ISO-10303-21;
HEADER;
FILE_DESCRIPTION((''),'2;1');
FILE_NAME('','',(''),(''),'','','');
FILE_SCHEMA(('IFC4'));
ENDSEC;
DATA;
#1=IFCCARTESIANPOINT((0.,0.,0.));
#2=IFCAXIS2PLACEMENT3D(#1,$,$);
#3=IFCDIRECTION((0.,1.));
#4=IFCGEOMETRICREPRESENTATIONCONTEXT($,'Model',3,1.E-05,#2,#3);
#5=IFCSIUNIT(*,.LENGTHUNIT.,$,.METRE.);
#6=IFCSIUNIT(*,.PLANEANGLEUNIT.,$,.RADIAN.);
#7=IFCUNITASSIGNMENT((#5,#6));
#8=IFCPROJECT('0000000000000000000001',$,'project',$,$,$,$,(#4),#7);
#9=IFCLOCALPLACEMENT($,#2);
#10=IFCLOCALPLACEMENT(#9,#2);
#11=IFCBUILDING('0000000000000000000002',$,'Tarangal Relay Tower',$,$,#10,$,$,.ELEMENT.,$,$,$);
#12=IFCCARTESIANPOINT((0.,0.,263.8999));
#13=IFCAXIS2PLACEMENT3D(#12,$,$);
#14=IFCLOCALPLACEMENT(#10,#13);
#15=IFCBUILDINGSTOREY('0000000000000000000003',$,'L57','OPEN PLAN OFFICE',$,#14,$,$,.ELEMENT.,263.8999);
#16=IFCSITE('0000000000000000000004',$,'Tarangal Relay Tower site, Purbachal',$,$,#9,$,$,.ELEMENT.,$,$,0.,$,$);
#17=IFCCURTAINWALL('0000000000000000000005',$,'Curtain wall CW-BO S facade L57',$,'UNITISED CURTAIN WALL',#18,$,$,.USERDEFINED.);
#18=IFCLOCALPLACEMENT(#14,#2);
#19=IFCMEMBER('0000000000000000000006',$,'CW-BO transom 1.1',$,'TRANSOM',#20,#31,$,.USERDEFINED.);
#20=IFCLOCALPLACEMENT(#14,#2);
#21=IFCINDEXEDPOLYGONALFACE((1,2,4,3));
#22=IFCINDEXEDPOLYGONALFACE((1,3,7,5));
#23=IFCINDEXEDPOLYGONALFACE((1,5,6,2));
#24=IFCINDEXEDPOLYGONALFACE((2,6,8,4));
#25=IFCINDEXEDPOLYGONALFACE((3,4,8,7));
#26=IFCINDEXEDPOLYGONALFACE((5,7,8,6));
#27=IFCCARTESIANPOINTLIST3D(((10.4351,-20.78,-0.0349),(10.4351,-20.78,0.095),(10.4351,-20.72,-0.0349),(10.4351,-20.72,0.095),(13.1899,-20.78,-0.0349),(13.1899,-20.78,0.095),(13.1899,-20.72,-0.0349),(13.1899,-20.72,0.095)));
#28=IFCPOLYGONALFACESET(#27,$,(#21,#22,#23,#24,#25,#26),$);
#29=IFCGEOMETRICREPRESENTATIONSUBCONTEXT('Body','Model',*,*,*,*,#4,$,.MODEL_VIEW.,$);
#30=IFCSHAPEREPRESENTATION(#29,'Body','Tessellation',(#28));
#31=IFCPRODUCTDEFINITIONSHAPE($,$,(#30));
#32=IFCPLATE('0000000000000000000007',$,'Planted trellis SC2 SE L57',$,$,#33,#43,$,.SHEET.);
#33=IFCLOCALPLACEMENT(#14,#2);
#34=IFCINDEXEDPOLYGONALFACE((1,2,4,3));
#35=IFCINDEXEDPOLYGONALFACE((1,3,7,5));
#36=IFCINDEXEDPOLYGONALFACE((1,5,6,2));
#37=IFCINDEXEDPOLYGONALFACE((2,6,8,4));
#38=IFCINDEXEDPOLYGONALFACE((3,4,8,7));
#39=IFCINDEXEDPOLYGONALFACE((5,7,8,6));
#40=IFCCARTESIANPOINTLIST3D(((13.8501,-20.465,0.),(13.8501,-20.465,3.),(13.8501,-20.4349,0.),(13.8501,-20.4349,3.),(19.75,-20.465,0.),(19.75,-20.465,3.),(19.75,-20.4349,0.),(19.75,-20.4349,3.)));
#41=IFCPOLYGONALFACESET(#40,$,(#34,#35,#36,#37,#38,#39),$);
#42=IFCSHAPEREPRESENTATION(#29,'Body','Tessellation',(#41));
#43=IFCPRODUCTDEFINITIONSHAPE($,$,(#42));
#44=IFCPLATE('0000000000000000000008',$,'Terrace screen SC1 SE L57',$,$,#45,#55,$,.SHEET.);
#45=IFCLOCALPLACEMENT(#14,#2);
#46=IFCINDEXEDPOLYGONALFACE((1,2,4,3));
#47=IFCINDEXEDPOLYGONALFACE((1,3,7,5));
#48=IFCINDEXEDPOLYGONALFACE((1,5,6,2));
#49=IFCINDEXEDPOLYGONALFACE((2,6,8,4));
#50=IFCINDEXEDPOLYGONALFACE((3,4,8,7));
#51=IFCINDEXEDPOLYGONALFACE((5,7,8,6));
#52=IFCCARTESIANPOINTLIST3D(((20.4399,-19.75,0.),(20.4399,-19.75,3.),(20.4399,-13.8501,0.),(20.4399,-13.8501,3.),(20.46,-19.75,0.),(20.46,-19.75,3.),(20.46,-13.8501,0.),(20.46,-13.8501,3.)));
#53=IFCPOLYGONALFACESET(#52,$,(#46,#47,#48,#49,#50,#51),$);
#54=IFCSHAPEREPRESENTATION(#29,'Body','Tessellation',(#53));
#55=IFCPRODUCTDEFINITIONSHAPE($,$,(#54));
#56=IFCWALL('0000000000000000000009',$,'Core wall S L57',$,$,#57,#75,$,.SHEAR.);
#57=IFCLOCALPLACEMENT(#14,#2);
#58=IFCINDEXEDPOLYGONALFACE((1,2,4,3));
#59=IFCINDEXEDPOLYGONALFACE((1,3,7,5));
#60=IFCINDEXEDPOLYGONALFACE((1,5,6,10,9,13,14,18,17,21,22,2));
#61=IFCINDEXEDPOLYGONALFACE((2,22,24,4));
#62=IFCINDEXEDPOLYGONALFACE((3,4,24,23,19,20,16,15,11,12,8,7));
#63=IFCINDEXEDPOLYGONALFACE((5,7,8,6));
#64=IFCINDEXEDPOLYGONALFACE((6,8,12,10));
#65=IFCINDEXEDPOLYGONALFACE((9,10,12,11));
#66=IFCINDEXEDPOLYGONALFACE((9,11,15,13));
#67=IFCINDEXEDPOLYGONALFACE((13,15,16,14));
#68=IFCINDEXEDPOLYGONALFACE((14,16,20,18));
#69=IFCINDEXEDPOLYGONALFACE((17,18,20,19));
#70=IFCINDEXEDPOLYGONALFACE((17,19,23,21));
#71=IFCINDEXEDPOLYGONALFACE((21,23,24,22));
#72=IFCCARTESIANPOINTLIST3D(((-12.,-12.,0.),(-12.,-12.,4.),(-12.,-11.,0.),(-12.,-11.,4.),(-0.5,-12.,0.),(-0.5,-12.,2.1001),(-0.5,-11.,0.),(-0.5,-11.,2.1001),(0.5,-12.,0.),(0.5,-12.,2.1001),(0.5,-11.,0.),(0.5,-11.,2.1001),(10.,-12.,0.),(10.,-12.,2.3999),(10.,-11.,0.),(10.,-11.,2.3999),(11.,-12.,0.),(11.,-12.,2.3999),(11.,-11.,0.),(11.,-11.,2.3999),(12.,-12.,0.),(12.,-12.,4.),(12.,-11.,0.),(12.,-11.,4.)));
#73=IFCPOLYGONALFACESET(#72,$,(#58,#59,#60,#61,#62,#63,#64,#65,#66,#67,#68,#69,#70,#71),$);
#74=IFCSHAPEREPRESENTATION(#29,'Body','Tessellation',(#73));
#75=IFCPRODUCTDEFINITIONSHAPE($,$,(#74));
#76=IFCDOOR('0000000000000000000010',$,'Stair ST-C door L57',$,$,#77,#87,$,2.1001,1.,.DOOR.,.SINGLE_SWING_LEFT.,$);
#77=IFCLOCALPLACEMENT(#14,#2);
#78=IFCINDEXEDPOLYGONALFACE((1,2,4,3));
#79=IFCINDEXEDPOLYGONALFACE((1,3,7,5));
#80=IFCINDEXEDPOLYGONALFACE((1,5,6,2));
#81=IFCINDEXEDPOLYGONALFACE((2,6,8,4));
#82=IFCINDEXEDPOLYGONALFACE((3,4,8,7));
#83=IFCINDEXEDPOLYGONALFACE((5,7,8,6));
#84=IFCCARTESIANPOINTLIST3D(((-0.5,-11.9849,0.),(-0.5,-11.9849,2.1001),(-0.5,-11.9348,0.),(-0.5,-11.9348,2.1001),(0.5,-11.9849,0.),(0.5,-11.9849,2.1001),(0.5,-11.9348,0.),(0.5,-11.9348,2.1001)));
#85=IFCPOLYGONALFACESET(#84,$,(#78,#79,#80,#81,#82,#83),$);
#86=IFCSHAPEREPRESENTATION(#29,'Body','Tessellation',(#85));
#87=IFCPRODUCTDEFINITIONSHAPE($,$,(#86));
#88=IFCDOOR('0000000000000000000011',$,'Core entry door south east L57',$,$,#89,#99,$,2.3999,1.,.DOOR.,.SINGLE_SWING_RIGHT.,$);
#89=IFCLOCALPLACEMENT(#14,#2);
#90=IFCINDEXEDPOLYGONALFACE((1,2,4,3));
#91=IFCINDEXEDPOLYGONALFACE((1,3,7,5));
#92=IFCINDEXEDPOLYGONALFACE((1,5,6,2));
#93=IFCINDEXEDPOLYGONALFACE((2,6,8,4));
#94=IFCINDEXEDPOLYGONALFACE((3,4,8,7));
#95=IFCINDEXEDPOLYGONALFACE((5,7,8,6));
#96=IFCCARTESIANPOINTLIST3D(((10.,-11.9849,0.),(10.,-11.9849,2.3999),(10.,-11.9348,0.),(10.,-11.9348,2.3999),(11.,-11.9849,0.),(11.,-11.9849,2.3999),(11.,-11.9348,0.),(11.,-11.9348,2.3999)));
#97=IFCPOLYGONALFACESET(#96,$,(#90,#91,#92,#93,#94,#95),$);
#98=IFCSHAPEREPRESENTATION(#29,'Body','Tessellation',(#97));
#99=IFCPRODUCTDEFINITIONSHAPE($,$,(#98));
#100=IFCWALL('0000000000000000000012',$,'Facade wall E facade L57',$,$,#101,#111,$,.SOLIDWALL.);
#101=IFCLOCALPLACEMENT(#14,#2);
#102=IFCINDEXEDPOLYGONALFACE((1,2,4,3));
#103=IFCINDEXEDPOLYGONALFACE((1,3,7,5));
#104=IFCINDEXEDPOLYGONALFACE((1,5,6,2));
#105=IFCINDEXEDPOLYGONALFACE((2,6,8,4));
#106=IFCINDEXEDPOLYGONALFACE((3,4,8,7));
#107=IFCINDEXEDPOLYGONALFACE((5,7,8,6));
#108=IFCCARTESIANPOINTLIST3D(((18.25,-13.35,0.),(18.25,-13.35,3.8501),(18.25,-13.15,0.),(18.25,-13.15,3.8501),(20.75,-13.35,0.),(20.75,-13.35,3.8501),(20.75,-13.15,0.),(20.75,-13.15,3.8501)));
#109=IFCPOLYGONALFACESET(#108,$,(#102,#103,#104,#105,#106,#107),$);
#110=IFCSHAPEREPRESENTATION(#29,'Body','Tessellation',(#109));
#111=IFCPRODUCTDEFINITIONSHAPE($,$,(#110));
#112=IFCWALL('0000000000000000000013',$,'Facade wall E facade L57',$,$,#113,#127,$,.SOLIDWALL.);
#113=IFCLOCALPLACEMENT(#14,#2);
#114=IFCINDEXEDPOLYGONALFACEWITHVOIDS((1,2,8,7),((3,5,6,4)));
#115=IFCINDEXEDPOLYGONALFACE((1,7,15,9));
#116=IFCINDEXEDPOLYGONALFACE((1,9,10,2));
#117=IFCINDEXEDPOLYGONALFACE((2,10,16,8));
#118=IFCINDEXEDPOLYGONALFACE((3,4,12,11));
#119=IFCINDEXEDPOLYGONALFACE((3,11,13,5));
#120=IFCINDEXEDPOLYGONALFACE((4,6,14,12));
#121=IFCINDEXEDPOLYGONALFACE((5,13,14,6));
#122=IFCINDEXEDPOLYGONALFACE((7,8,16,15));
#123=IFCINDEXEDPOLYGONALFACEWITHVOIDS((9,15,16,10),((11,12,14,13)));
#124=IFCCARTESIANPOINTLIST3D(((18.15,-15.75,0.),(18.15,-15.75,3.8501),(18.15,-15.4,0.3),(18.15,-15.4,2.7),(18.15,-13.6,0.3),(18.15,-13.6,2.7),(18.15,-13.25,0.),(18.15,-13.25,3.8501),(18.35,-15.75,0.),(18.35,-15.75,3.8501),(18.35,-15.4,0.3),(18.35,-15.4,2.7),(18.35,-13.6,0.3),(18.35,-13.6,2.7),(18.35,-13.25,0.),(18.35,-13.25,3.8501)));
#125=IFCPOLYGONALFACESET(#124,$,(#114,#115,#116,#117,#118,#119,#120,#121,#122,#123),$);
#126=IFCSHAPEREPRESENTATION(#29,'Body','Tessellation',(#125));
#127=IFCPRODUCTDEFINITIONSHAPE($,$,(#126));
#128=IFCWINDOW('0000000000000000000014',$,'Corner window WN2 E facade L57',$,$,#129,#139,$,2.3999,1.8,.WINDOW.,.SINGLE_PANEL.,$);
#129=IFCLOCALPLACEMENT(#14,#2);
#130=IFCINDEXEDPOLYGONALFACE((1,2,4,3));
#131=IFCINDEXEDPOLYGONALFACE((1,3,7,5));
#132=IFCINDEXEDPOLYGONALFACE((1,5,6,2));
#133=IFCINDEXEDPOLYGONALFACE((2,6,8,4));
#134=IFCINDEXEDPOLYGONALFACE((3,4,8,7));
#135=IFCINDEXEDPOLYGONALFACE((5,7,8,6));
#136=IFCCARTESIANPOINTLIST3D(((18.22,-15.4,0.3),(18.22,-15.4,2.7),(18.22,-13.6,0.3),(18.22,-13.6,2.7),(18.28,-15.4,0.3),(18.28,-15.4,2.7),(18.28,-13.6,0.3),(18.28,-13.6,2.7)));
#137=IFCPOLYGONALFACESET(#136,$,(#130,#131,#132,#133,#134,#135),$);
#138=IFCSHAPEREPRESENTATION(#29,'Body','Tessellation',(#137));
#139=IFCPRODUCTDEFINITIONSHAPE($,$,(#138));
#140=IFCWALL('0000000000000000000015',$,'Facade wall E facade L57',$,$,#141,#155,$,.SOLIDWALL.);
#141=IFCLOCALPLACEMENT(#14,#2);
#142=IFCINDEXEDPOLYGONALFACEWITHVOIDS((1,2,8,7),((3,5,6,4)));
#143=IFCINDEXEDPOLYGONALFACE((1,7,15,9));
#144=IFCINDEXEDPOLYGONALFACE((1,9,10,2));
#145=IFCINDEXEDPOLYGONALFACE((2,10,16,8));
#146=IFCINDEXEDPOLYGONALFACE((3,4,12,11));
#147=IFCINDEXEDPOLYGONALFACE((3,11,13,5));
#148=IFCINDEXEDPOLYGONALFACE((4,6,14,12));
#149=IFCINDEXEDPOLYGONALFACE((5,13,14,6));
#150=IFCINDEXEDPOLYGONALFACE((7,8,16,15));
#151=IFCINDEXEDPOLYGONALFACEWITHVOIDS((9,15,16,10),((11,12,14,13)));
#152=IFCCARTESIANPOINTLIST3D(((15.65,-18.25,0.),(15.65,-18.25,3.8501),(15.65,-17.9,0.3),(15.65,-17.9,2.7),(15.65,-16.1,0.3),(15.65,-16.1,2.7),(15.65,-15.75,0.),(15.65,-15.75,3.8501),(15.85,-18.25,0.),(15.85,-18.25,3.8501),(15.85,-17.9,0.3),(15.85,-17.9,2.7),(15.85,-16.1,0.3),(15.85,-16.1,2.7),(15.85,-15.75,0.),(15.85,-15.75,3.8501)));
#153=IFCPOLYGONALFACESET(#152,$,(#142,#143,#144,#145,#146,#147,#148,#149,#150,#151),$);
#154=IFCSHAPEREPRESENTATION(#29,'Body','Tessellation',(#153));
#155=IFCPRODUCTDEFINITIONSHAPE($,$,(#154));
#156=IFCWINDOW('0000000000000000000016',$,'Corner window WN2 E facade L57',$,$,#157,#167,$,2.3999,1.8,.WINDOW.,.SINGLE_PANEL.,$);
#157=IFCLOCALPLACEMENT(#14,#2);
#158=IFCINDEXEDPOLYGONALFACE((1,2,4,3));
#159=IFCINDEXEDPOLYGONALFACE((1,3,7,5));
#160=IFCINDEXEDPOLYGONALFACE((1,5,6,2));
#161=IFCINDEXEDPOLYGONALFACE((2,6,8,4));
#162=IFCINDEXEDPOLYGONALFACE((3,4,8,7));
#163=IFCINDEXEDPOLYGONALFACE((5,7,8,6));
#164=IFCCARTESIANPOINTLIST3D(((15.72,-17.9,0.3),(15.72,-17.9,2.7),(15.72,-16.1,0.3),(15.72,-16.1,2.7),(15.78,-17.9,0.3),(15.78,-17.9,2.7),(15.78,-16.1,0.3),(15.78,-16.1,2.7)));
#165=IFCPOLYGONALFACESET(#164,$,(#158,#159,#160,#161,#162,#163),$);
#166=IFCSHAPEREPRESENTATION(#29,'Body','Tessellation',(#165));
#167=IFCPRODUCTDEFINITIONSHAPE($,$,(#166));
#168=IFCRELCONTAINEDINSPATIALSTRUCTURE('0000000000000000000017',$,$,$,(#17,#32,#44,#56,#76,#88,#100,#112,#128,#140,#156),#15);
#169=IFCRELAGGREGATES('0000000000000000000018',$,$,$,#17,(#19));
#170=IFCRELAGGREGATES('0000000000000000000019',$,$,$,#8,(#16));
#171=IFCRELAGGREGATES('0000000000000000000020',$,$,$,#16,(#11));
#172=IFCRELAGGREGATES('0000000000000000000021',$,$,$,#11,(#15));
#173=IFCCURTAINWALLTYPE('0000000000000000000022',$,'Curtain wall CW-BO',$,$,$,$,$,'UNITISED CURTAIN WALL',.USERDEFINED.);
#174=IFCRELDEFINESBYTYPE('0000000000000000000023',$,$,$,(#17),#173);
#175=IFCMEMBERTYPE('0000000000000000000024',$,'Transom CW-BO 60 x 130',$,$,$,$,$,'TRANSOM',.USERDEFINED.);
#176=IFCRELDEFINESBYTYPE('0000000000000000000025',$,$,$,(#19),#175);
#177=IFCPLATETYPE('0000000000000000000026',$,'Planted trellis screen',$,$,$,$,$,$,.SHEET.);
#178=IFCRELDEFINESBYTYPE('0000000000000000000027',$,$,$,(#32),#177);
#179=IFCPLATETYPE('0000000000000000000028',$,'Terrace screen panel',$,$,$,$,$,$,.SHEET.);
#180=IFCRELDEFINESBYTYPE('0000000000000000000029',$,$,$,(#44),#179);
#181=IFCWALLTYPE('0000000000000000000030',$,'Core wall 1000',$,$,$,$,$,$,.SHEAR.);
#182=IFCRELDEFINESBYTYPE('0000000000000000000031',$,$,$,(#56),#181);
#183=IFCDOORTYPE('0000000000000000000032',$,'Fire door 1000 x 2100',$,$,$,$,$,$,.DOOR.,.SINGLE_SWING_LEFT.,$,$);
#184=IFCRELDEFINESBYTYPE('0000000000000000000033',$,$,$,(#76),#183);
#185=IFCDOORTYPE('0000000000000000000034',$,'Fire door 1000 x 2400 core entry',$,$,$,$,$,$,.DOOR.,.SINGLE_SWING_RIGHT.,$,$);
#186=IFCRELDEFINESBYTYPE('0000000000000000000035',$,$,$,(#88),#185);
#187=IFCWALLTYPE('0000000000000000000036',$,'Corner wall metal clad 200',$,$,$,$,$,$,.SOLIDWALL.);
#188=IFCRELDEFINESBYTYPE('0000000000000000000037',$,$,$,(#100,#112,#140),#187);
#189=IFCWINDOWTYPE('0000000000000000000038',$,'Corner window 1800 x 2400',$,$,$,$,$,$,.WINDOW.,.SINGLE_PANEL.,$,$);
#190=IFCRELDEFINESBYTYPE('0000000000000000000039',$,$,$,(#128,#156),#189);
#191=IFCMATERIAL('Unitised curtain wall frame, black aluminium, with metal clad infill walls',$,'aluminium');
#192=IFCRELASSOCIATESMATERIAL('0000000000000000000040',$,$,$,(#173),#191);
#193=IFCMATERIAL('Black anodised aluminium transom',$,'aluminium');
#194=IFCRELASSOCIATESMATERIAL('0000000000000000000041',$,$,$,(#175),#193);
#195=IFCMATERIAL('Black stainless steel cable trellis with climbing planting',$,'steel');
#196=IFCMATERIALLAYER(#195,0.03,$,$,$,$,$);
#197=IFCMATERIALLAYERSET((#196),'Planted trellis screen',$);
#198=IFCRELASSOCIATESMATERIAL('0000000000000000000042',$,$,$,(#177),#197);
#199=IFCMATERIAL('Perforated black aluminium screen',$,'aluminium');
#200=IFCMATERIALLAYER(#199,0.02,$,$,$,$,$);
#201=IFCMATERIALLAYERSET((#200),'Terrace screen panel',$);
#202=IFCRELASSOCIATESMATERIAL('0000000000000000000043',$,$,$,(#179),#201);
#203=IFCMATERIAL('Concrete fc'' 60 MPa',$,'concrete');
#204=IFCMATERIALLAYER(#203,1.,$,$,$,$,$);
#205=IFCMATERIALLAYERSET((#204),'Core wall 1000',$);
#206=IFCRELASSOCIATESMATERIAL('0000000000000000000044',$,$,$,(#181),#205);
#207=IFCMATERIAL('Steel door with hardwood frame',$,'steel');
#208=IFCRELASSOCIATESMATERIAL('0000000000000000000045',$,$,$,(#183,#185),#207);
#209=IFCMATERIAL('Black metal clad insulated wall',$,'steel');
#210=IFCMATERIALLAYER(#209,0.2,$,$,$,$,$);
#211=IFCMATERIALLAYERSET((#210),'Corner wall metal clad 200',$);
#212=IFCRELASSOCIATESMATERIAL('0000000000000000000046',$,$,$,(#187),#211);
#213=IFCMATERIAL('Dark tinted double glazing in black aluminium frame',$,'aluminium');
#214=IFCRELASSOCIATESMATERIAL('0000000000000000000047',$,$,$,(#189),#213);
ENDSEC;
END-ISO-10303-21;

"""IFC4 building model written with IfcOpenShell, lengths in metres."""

from ifc_helpers import new_model, si_unit, direction, frame, frame_2d, origin, origin_2d, place, context, subcontext, project, spatial, rectangle, extrude, material, layer, layer_set, material_profile, profile_set, type_object, element, fill, aggregate, save


model = new_model("IFC4")

# Units and contexts
model_context = context("Model", 3, precision=1e-05, world=origin(), true_north=direction((0.0, 1.0)))
body_context = subcontext(model_context, "Body", "Model", "MODEL_VIEW")
ifc_project = project(units=[si_unit("LENGTHUNIT", "METRE"), si_unit("PLANEANGLEUNIT", "RADIAN")], contexts=[model_context])

# Site, building, storey
site_placement = place(None, origin())
site = spatial("IfcSite", under=ifc_project, at=site_placement, Name="Tarangal Relay Tower site, Purbachal", CompositionType="ELEMENT", RefElevation=0.0)
building_placement = place(site_placement, origin())
building = spatial("IfcBuilding", under=site, at=building_placement, Name="Tarangal Relay Tower", CompositionType="ELEMENT")
storey_placement = place(building_placement, frame((0.0, 0.0, 263.8999)))
storey = spatial("IfcBuildingStorey", under=building, at=storey_placement, Name="L57", Description="OPEN PLAN OFFICE", CompositionType="ELEMENT", Elevation=263.8999)

# Shared definitions
ifc_material_1 = material(Name="Unitised curtain wall frame, black aluminium, with metal clad infill walls", Category="aluminium")
curtain_wall_type_1 = type_object("IfcCurtainWallType", Name="Curtain wall CW-BO", ElementType="UNITISED CURTAIN WALL", PredefinedType="USERDEFINED", material=ifc_material_1)

# Curtain wall, member
curtain_wall_1_placement = place(storey_placement, origin())
curtain_wall_1 = element("IfcCurtainWall", 1, at=curtain_wall_1_placement, inside=storey, type_object=curtain_wall_type_1, Name="Curtain wall CW-BO S facade L57", ObjectType="UNITISED CURTAIN WALL", PredefinedType="USERDEFINED")
ifc_material_2 = material(Name="Black anodised aluminium transom", Category="aluminium")
ifc_material_profile_1 = material_profile(ifc_material_2, rectangle(XDim=0.0601, YDim=0.1299, at=origin_2d()), Name="CW-BOT 60X130")
ifc_profile_set_1 = profile_set([ifc_material_profile_1], Name="Black anodised aluminium transom")
member_type_1 = type_object("IfcMemberType", Name="Transom CW-BO 60 x 130", ElementType="TRANSOM", PredefinedType="USERDEFINED", material=ifc_profile_set_1)
member_1_placement = place(storey_placement, frame((13.1899, -20.75, 0.03), z_axis=(-1.0, 0.0, 0.0), x_axis=(0.0, -1.0, 0.0)))
member_1 = element("IfcMember", 2, at=member_1_placement, type_object=member_type_1, Name="CW-BO transom 1.1", ObjectType="TRANSOM", PredefinedType="USERDEFINED", context=body_context, shape_type="SweptSolid", body=[
    extrude(rectangle(XDim=0.0601, YDim=0.1299, at=origin_2d()), origin(), (0.0, 0.0, 1.0), 2.7549),
])
aggregate(curtain_wall_1, [member_1])

# Plates
ifc_material_3 = material(Name="Black stainless steel cable trellis with climbing planting", Category="steel")
ifc_layer_1 = layer(ifc_material_3, 0.03)
ifc_layer_set_1 = layer_set([ifc_layer_1], Name="Planted trellis screen")
plate_type_1 = type_object("IfcPlateType", Name="Planted trellis screen", PredefinedType="SHEET", material=ifc_layer_set_1)
plate_1_placement = place(storey_placement, frame((16.8, -20.45, 0.0), z_axis=(0.0, 0.0, 1.0), x_axis=(-1.0, 0.0, 0.0)))
element("IfcPlate", 3, at=plate_1_placement, inside=storey, type_object=plate_type_1, Name="Planted trellis SC2 SE L57", PredefinedType="SHEET", context=body_context, shape_type="SweptSolid", body=[
    extrude(rectangle(XDim=5.8999, YDim=0.03, at=origin_2d()), origin(), (0.0, 0.0, 1.0), 3.0),
])
ifc_material_4 = material(Name="Perforated black aluminium screen", Category="aluminium")
ifc_layer_2 = layer(ifc_material_4, 0.02)
ifc_layer_set_2 = layer_set([ifc_layer_2], Name="Terrace screen panel")
plate_type_2 = type_object("IfcPlateType", Name="Terrace screen panel", PredefinedType="SHEET", material=ifc_layer_set_2)
plate_2_placement = place(storey_placement, frame((20.45, -16.8, 0.0), z_axis=(0.0, 0.0, 1.0), x_axis=(0.0, -1.0, 0.0)))
element("IfcPlate", 4, at=plate_2_placement, inside=storey, type_object=plate_type_2, Name="Terrace screen SC1 SE L57", PredefinedType="SHEET", context=body_context, shape_type="SweptSolid", body=[
    extrude(rectangle(XDim=5.8999, YDim=0.02, at=origin_2d()), origin(), (0.0, 0.0, 1.0), 3.0),
])

# Wall, openings, doors
ifc_material_5 = material(Name="Concrete fc' 60 MPa", Category="concrete")
ifc_layer_3 = layer(ifc_material_5, 1.0)
ifc_layer_set_3 = layer_set([ifc_layer_3], Name="Core wall 1000")
wall_type_1 = type_object("IfcWallType", Name="Core wall 1000", PredefinedType="SHEAR", material=ifc_layer_set_3)
wall_1_placement = place(storey_placement, frame((12.0, -11.5, 0.0), z_axis=(0.0, 0.0, 1.0), x_axis=(-1.0, 0.0, 0.0)))
wall_1 = element("IfcWall", 5, at=wall_1_placement, inside=storey, type_object=wall_type_1, Name="Core wall S L57", PredefinedType="SHEAR", context=body_context, shape_type="SweptSolid", body=[
    extrude(rectangle(XDim=24.0, YDim=1.0, at=frame_2d((12.0, 0.0))), origin(), (0.0, 0.0, 1.0), 4.0),
])
opening_1_placement = place(wall_1_placement, frame((11.5, 0.0, 0.0)))
opening_1 = element("IfcOpeningElement", 6, at=opening_1_placement, cuts=wall_1, PredefinedType="OPENING", context=body_context, shape_type="SweptSolid", body=[
    extrude(rectangle(XDim=1.0, YDim=2.1001, at=frame_2d((0.5, 1.05))), frame((0.0, 0.51, 0.0), z_axis=(0.0, -1.0, 0.0), x_axis=(1.0, 0.0, 0.0)), (0.0, 0.0, 1.0), 1.02),
])
opening_2_placement = place(wall_1_placement, frame((1.0, 0.0, 0.0)))
opening_2 = element("IfcOpeningElement", 7, at=opening_2_placement, cuts=wall_1, PredefinedType="OPENING", context=body_context, shape_type="SweptSolid", body=[
    extrude(rectangle(XDim=1.0, YDim=2.3999, at=frame_2d((0.5, 1.2))), frame((0.0, 0.51, 0.0), z_axis=(0.0, -1.0, 0.0), x_axis=(1.0, 0.0, 0.0)), (0.0, 0.0, 1.0), 1.02),
])
ifc_material_6 = material(Name="Steel door with hardwood frame", Category="steel")
door_type_1 = type_object("IfcDoorType", Name="Fire door 1000 x 2100", OperationType="SINGLE_SWING_LEFT", PredefinedType="DOOR", material=ifc_material_6)
door_1_placement = place(opening_1_placement, origin())
door_1 = element("IfcDoor", 8, at=door_1_placement, inside=storey, type_object=door_type_1, Name="Stair ST-C door L57", OperationType="SINGLE_SWING_LEFT", OverallHeight=2.1001, OverallWidth=1.0, PredefinedType="DOOR", context=body_context, shape_type="SweptSolid", body=[
    extrude(rectangle(XDim=1.0, YDim=2.1001, at=frame_2d((0.5, 1.05))), frame((0.0, 0.4849, 0.0), z_axis=(0.0, -1.0, 0.0), x_axis=(1.0, 0.0, 0.0)), (0.0, 0.0, 1.0), 0.05),
])
fill(opening_1, door_1)
door_type_2 = type_object("IfcDoorType", Name="Fire door 1000 x 2400 core entry", OperationType="SINGLE_SWING_RIGHT", PredefinedType="DOOR", material=ifc_material_6)
door_2_placement = place(opening_2_placement, origin())
door_2 = element("IfcDoor", 9, at=door_2_placement, inside=storey, type_object=door_type_2, Name="Core entry door south east L57", OperationType="SINGLE_SWING_RIGHT", OverallHeight=2.3999, OverallWidth=1.0, PredefinedType="DOOR", context=body_context, shape_type="SweptSolid", body=[
    extrude(rectangle(XDim=1.0, YDim=2.3999, at=frame_2d((0.5, 1.2))), frame((0.0, 0.4849, 0.0), z_axis=(0.0, -1.0, 0.0), x_axis=(1.0, 0.0, 0.0)), (0.0, 0.0, 1.0), 0.05),
])
fill(opening_2, door_2)

# Wall
ifc_material_7 = material(Name="Black metal clad insulated wall", Category="steel")
ifc_layer_4 = layer(ifc_material_7, 0.2)
ifc_layer_set_4 = layer_set([ifc_layer_4], Name="Corner wall metal clad 200")
wall_type_2 = type_object("IfcWallType", Name="Corner wall metal clad 200", PredefinedType="SOLIDWALL", material=ifc_layer_set_4)
wall_2_placement = place(storey_placement, frame((20.75, -13.25, 0.0), z_axis=(0.0, 0.0, 1.0), x_axis=(-1.0, 0.0, 0.0)))
element("IfcWall", 10, at=wall_2_placement, inside=storey, type_object=wall_type_2, Name="Facade wall E facade L57", PredefinedType="SOLIDWALL", context=body_context, shape_type="SweptSolid", body=[
    extrude(rectangle(XDim=2.5, YDim=0.2, at=frame_2d((1.25, 0.0))), origin(), (0.0, 0.0, 1.0), 3.8501),
])

# Wall, opening, window
wall_3_placement = place(storey_placement, frame((18.25, -13.25, 0.0), z_axis=(0.0, 0.0, 1.0), x_axis=(0.0, -1.0, 0.0)))
wall_3 = element("IfcWall", 11, at=wall_3_placement, inside=storey, type_object=wall_type_2, Name="Facade wall E facade L57", PredefinedType="SOLIDWALL", context=body_context, shape_type="SweptSolid", body=[
    extrude(rectangle(XDim=2.5, YDim=0.2, at=frame_2d((1.25, 0.0))), origin(), (0.0, 0.0, 1.0), 3.8501),
])
opening_3_placement = place(wall_3_placement, frame((0.3501, 0.0, 0.3)))
opening_3 = element("IfcOpeningElement", 12, at=opening_3_placement, cuts=wall_3, PredefinedType="OPENING", context=body_context, shape_type="SweptSolid", body=[
    extrude(rectangle(XDim=1.8, YDim=2.3999, at=frame_2d((0.8999, 1.2))), frame((0.0, 0.1099, 0.0), z_axis=(0.0, -1.0, 0.0), x_axis=(1.0, 0.0, 0.0)), (0.0, 0.0, 1.0), 0.22),
])
ifc_material_8 = material(Name="Dark tinted double glazing in black aluminium frame", Category="aluminium")
window_type = type_object("IfcWindowType", Name="Corner window 1800 x 2400", PartitioningType="SINGLE_PANEL", PredefinedType="WINDOW", material=ifc_material_8)
window_1_placement = place(opening_3_placement, origin())
window_1 = element("IfcWindow", 13, at=window_1_placement, inside=storey, type_object=window_type, Name="Corner window WN2 E facade L57", OverallHeight=2.3999, OverallWidth=1.8, PartitioningType="SINGLE_PANEL", PredefinedType="WINDOW", context=body_context, shape_type="SweptSolid", body=[
    extrude(rectangle(XDim=1.8, YDim=2.3999, at=frame_2d((0.8999, 1.2))), frame((0.0, 0.03, 0.0), z_axis=(0.0, -1.0, 0.0), x_axis=(1.0, 0.0, 0.0)), (0.0, 0.0, 1.0), 0.0601),
])
fill(opening_3, window_1)

# Wall, opening, window
wall_4_placement = place(storey_placement, frame((15.75, -15.75, 0.0), z_axis=(0.0, 0.0, 1.0), x_axis=(0.0, -1.0, 0.0)))
wall_4 = element("IfcWall", 14, at=wall_4_placement, inside=storey, type_object=wall_type_2, Name="Facade wall E facade L57", PredefinedType="SOLIDWALL", context=body_context, shape_type="SweptSolid", body=[
    extrude(rectangle(XDim=2.5, YDim=0.2, at=frame_2d((1.25, 0.0))), origin(), (0.0, 0.0, 1.0), 3.8501),
])
opening_4_placement = place(wall_4_placement, frame((0.3501, 0.0, 0.3)))
opening_4 = element("IfcOpeningElement", 15, at=opening_4_placement, cuts=wall_4, PredefinedType="OPENING", context=body_context, shape_type="SweptSolid", body=[
    extrude(rectangle(XDim=1.8, YDim=2.3999, at=frame_2d((0.8999, 1.2))), frame((0.0, 0.1099, 0.0), z_axis=(0.0, -1.0, 0.0), x_axis=(1.0, 0.0, 0.0)), (0.0, 0.0, 1.0), 0.22),
])
window_2_placement = place(opening_4_placement, origin())
window_2 = element("IfcWindow", 16, at=window_2_placement, inside=storey, type_object=window_type, Name="Corner window WN2 E facade L57", OverallHeight=2.3999, OverallWidth=1.8, PartitioningType="SINGLE_PANEL", PredefinedType="WINDOW", context=body_context, shape_type="SweptSolid", body=[
    extrude(rectangle(XDim=1.8, YDim=2.3999, at=frame_2d((0.8999, 1.2))), frame((0.0, 0.03, 0.0), z_axis=(0.0, -1.0, 0.0), x_axis=(1.0, 0.0, 0.0)), (0.0, 0.0, 1.0), 0.0601),
])
fill(opening_4, window_2)

save(model, "model.ifc")
